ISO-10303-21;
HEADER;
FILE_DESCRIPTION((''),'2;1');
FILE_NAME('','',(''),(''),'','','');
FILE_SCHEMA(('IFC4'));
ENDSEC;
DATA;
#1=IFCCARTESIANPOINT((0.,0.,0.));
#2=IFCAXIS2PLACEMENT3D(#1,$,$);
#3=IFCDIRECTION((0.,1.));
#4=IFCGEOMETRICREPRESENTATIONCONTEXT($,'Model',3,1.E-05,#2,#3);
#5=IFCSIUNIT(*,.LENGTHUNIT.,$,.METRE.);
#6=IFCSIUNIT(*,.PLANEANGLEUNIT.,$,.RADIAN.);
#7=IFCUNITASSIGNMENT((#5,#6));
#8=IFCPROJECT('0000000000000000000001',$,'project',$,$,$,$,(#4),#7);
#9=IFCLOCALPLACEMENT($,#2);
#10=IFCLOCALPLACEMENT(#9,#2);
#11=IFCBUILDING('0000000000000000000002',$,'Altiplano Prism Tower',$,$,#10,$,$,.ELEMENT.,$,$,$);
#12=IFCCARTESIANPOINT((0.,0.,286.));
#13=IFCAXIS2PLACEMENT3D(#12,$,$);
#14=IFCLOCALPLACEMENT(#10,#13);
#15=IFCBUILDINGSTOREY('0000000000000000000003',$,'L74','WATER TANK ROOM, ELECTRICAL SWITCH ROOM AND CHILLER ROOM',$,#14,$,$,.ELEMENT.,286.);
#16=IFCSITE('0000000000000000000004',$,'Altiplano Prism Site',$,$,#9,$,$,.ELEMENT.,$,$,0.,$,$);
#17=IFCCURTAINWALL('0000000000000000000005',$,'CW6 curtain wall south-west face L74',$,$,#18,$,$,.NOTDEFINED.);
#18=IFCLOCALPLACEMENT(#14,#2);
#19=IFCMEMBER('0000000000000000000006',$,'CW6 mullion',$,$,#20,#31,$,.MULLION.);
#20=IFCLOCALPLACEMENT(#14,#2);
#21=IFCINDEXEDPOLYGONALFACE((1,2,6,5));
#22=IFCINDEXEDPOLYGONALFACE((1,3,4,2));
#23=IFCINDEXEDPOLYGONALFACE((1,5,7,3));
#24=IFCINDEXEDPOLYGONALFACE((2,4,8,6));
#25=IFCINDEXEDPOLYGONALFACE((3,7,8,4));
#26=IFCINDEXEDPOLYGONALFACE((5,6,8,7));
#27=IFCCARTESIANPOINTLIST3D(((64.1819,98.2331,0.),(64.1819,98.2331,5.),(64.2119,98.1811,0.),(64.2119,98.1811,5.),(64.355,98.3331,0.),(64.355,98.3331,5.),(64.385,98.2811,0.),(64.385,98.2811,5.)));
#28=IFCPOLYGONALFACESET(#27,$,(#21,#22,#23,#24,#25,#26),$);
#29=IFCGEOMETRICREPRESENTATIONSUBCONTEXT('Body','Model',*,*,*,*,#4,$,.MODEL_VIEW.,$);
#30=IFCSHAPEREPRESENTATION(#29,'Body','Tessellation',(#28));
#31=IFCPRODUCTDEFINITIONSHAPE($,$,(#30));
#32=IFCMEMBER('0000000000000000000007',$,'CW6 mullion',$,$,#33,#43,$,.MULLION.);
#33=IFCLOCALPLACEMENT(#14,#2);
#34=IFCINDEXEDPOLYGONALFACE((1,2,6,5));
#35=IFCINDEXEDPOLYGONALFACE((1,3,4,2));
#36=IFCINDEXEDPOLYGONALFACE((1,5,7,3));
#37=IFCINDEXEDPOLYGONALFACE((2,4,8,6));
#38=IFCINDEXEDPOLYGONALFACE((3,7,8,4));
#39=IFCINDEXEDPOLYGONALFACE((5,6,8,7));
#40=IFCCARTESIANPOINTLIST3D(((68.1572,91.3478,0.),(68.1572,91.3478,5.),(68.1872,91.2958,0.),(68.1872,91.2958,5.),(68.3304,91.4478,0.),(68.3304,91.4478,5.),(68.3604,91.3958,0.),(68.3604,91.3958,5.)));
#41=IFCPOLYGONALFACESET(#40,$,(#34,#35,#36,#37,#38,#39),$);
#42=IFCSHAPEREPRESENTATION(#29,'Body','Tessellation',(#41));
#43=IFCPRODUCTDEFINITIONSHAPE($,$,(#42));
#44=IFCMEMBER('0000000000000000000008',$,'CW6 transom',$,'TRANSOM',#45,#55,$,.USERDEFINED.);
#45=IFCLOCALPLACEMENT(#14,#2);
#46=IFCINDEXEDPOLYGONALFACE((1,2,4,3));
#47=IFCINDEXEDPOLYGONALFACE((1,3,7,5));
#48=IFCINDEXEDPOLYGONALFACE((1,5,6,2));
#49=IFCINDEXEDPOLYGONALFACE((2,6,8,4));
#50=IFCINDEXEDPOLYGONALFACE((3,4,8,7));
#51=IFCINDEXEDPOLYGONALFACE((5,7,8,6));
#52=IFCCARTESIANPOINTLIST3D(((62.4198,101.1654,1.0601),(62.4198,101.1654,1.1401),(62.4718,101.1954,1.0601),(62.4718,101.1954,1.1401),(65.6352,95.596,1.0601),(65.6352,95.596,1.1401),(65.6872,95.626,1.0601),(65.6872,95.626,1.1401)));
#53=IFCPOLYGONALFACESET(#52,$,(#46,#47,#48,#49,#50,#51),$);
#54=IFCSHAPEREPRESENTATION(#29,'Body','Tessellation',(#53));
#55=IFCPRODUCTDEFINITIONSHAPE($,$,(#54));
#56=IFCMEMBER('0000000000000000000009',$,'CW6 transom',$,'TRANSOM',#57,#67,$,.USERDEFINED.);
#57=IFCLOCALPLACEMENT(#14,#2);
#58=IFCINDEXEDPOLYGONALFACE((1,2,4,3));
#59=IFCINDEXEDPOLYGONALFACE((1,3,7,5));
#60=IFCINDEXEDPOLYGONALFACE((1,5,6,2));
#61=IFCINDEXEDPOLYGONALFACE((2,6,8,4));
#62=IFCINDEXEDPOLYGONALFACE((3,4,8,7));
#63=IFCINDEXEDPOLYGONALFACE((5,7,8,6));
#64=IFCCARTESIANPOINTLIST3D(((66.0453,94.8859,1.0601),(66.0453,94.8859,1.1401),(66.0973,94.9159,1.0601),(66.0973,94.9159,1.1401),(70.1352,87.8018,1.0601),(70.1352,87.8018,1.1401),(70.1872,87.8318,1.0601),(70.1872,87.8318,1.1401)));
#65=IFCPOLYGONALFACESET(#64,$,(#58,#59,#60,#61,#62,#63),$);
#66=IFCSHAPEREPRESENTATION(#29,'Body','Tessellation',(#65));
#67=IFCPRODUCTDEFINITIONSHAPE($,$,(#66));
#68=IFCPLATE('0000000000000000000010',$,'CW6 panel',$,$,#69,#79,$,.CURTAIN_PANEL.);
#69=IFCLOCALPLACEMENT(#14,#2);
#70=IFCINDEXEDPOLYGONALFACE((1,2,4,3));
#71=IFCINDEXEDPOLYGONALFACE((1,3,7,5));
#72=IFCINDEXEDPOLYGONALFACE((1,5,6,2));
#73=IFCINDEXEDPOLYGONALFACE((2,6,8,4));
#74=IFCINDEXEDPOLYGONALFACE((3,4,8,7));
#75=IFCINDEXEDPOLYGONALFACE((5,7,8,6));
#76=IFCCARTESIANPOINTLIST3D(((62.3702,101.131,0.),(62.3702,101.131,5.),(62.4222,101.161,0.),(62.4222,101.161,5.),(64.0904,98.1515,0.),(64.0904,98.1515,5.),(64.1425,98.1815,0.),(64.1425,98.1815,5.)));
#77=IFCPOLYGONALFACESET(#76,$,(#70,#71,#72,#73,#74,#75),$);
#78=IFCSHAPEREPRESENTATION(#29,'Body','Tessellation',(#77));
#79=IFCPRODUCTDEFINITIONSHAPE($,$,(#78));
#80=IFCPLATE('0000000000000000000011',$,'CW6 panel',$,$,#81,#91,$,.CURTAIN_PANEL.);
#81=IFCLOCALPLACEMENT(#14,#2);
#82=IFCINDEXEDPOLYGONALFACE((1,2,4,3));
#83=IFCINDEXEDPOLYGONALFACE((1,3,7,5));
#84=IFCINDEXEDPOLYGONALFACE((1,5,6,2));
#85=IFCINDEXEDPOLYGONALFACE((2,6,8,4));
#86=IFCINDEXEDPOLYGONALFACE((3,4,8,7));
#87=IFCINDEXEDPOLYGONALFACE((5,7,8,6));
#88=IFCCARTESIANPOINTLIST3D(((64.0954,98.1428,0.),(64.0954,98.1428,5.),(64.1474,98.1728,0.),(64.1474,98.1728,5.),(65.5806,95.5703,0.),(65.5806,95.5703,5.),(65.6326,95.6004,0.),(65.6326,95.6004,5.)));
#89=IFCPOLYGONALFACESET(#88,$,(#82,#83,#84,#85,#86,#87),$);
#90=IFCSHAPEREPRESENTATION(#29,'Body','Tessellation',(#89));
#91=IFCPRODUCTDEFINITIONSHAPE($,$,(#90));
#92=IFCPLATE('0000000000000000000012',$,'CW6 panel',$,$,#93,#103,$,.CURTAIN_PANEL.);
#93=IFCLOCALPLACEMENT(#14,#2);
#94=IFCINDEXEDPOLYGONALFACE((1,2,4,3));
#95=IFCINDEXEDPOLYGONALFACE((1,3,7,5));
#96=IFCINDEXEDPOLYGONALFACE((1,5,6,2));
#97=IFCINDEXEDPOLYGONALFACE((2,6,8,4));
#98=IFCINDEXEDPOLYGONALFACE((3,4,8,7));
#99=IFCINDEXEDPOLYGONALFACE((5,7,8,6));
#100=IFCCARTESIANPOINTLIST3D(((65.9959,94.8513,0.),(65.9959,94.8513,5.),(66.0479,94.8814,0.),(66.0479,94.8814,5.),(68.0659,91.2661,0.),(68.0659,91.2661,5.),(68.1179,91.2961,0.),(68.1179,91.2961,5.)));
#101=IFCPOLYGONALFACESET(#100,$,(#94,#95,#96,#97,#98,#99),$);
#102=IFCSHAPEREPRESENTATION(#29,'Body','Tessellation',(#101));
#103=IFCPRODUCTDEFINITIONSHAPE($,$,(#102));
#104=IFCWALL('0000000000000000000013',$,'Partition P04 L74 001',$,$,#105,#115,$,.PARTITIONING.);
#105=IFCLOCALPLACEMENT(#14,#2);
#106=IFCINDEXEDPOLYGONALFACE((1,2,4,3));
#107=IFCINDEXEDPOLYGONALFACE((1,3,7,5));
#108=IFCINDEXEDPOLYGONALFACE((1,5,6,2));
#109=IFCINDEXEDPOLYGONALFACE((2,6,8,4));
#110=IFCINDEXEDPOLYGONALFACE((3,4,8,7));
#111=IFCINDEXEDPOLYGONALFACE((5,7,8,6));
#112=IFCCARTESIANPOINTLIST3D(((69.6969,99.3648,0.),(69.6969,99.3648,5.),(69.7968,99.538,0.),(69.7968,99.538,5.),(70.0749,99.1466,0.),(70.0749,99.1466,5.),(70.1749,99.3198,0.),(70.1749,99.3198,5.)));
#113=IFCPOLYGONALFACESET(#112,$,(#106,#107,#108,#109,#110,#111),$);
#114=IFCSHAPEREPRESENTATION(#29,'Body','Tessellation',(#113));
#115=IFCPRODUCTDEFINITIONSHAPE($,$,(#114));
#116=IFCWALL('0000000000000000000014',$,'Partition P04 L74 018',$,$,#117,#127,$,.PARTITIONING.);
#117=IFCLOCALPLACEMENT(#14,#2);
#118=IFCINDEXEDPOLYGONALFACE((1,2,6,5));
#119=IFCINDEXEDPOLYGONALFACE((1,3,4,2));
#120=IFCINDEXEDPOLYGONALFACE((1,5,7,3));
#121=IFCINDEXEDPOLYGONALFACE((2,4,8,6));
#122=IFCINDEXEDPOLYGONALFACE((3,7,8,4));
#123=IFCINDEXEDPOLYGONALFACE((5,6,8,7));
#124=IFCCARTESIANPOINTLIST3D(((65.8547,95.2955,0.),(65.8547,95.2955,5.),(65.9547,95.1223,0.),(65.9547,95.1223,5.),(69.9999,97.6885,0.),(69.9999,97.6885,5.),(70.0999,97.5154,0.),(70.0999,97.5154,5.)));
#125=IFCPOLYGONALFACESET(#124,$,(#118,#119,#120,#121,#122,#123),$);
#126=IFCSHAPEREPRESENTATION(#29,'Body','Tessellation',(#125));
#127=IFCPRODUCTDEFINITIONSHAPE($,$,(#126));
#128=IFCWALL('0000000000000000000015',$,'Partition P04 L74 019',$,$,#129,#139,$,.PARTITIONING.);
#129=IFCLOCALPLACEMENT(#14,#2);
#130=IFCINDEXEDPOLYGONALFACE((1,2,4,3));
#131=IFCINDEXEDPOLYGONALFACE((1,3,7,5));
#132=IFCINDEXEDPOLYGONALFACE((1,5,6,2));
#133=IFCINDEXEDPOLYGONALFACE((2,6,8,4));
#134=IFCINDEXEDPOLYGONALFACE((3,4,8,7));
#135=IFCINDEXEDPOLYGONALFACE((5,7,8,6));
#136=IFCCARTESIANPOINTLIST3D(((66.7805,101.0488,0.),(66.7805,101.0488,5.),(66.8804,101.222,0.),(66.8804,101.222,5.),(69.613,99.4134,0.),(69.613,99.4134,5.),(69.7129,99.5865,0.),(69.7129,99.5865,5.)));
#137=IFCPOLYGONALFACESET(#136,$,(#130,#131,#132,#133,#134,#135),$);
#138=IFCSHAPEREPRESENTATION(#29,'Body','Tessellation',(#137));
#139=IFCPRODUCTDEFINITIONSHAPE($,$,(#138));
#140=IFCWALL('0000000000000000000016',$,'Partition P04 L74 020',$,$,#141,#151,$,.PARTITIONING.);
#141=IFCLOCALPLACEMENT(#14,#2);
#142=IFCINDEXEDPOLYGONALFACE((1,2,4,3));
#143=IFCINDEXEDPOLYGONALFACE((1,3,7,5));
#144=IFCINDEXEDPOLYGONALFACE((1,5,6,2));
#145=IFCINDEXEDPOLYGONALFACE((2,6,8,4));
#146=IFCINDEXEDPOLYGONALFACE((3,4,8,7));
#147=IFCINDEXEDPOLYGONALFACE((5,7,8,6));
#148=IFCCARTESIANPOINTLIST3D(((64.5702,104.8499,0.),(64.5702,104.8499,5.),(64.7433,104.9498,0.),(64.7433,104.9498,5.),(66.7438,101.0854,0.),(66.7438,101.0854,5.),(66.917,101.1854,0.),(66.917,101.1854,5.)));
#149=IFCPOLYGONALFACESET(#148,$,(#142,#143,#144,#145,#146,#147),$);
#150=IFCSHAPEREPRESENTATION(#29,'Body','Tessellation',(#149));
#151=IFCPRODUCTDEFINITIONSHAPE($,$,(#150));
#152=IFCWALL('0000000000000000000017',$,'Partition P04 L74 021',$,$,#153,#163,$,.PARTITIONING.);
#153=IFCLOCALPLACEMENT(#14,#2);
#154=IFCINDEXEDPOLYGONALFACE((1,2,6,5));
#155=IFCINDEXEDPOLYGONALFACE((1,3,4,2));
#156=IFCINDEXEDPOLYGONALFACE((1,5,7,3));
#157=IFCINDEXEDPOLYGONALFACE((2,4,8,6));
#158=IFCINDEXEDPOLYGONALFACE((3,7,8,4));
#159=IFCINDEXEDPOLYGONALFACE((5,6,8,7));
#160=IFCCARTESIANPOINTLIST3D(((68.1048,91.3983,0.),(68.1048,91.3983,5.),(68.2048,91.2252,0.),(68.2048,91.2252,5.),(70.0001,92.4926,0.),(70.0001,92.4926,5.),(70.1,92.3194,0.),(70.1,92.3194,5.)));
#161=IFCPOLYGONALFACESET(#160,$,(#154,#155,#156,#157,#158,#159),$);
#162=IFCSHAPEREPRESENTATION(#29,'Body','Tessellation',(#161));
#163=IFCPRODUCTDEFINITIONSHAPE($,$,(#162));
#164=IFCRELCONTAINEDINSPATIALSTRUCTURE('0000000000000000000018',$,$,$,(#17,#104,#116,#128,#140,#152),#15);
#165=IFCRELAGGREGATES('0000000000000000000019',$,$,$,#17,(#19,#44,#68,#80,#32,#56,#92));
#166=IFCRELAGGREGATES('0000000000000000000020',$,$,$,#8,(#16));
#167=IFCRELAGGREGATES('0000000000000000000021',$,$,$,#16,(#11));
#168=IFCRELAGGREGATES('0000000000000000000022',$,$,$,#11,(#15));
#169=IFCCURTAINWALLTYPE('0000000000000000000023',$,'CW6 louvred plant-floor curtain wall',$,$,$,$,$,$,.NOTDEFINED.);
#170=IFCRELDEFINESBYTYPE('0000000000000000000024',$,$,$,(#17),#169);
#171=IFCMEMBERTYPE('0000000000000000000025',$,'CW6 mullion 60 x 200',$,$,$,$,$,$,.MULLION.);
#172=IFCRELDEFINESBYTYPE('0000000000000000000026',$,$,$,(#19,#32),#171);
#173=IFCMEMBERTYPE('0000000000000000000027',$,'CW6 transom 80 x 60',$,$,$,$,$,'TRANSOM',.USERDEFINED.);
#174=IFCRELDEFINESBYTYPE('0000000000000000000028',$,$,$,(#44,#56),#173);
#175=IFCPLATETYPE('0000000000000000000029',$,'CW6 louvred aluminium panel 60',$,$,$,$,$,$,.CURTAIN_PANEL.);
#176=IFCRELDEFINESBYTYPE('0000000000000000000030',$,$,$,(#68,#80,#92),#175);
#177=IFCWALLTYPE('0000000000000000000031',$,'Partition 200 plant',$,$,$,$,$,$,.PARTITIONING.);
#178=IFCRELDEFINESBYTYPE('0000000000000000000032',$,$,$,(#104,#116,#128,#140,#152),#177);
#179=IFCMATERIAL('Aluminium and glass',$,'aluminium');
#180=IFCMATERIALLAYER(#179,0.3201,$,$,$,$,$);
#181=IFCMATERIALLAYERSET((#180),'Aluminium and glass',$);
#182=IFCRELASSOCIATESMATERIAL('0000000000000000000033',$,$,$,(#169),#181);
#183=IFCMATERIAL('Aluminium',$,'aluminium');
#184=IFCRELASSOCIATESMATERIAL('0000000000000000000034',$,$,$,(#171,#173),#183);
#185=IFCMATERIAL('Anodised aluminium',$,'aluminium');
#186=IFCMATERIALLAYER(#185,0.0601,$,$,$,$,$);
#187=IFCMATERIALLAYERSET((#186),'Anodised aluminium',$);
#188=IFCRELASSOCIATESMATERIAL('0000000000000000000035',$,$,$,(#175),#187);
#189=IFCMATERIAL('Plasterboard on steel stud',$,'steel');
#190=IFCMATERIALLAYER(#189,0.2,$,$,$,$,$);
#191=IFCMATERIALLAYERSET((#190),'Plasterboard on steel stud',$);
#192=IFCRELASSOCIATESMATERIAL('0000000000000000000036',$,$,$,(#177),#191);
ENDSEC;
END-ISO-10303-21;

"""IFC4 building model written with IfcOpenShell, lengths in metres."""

from ifc_helpers import new_model, si_unit, direction, frame, frame_2d, origin, origin_2d, place, context, subcontext, project, spatial, rectangle, extrude, material, layer, layer_set, material_profile, profile_set, type_object, element, aggregate, save


model = new_model("IFC4")

# Units and contexts
model_context = context("Model", 3, precision=1e-05, world=origin(), true_north=direction((0.0, 1.0)))
body_context = subcontext(model_context, "Body", "Model", "MODEL_VIEW")
ifc_project = project(units=[si_unit("LENGTHUNIT", "METRE"), si_unit("PLANEANGLEUNIT", "RADIAN")], contexts=[model_context])

# Site, building, storey
site_placement = place(None, origin())
site = spatial("IfcSite", under=ifc_project, at=site_placement, Name="Altiplano Prism Site", CompositionType="ELEMENT", RefElevation=0.0)
building_placement = place(site_placement, origin())
building = spatial("IfcBuilding", under=site, at=building_placement, Name="Altiplano Prism Tower", CompositionType="ELEMENT")
storey_placement = place(building_placement, frame((0.0, 0.0, 286.0)))
storey = spatial("IfcBuildingStorey", under=building, at=storey_placement, Name="L74", Description="WATER TANK ROOM, ELECTRICAL SWITCH ROOM AND CHILLER ROOM", CompositionType="ELEMENT", Elevation=286.0)

# Curtain wall, members, plates
ifc_material_1 = material(Name="Aluminium and glass", Category="aluminium")
ifc_layer_1 = layer(ifc_material_1, 0.3201)
ifc_layer_set_1 = layer_set([ifc_layer_1], Name="Aluminium and glass")
curtain_wall_type = type_object("IfcCurtainWallType", Name="CW6 louvred plant-floor curtain wall", PredefinedType="NOTDEFINED", material=ifc_layer_set_1)
curtain_wall_placement = place(storey_placement, origin())
curtain_wall = element("IfcCurtainWall", 1, at=curtain_wall_placement, inside=storey, type_object=curtain_wall_type, Name="CW6 curtain wall south-west face L74", PredefinedType="NOTDEFINED")
ifc_material_2 = material(Name="Aluminium", Category="aluminium")
ifc_material_profile_1 = material_profile(ifc_material_2, rectangle(XDim=0.2, YDim=0.0601, at=origin_2d()), Name="CW6 mullion 60 x 200")
ifc_profile_set_1 = profile_set([ifc_material_profile_1], Name="Aluminium")
member_type_1 = type_object("IfcMemberType", Name="CW6 mullion 60 x 200", PredefinedType="MULLION", material=ifc_profile_set_1)
member_1_placement = place(storey_placement, frame((64.2834, 98.2571, 0.0), z_axis=(0.0, 0.0, 1.0), x_axis=(0.866025, 0.5, 0.0)))
member_1 = element("IfcMember", 2, at=member_1_placement, type_object=member_type_1, Name="CW6 mullion", PredefinedType="MULLION", context=body_context, shape_type="SweptSolid", body=[
    extrude(rectangle(XDim=0.2, YDim=0.0601, at=origin_2d()), origin(), (0.0, 0.0, 1.0), 5.0),
])
member_2_placement = place(storey_placement, frame((68.2588, 91.3718, 0.0), z_axis=(0.0, 0.0, 1.0), x_axis=(0.866025, 0.5, 0.0)))
member_2 = element("IfcMember", 3, at=member_2_placement, type_object=member_type_1, Name="CW6 mullion", PredefinedType="MULLION", context=body_context, shape_type="SweptSolid", body=[
    extrude(rectangle(XDim=0.2, YDim=0.0601, at=origin_2d()), origin(), (0.0, 0.0, 1.0), 5.0),
])
ifc_material_profile_2 = material_profile(ifc_material_2, rectangle(XDim=0.0601, YDim=0.0801, at=origin_2d()), Name="CW6 transom 80 x 60")
ifc_profile_set_2 = profile_set([ifc_material_profile_2], Name="Aluminium")
member_type_2 = type_object("IfcMemberType", Name="CW6 transom 80 x 60", ElementType="TRANSOM", PredefinedType="USERDEFINED", material=ifc_profile_set_2)
member_3_placement = place(storey_placement, frame((62.4458, 101.1804, 1.1001), z_axis=(0.499985, -0.866034, 0.0), x_axis=(0.866034, 0.499985, 0.0)))
member_3 = element("IfcMember", 4, at=member_3_placement, type_object=member_type_2, Name="CW6 transom", ObjectType="TRANSOM", PredefinedType="USERDEFINED", context=body_context, shape_type="SweptSolid", body=[
    extrude(rectangle(XDim=0.0601, YDim=0.0801, at=origin_2d()), origin(), (0.0, 0.0, 1.0), 6.4309),
])
member_4_placement = place(storey_placement, frame((66.0713, 94.9009, 1.1001), z_axis=(0.499991, -0.866031, 0.0), x_axis=(0.866031, 0.499991, 0.0)))
member_4 = element("IfcMember", 5, at=member_4_placement, type_object=member_type_2, Name="CW6 transom", ObjectType="TRANSOM", PredefinedType="USERDEFINED", context=body_context, shape_type="SweptSolid", body=[
    extrude(rectangle(XDim=0.0601, YDim=0.0801, at=origin_2d()), origin(), (0.0, 0.0, 1.0), 8.1799),
])
ifc_material_3 = material(Name="Anodised aluminium", Category="aluminium")
ifc_layer_2 = layer(ifc_material_3, 0.0601)
ifc_layer_set_2 = layer_set([ifc_layer_2], Name="Anodised aluminium")
plate_type = type_object("IfcPlateType", Name="CW6 louvred aluminium panel 60", PredefinedType="CURTAIN_PANEL", material=ifc_layer_set_2)
plate_1_placement = place(storey_placement, frame((63.2563, 99.6562, 0.0), z_axis=(0.0, 0.0, 1.0), x_axis=(0.5, -0.866025, 0.0)))
plate_1 = element("IfcPlate", 6, at=plate_1_placement, type_object=plate_type, Name="CW6 panel", PredefinedType="CURTAIN_PANEL", context=body_context, shape_type="SweptSolid", body=[
    extrude(rectangle(XDim=3.4404, YDim=0.0601, at=origin_2d()), origin(), (0.0, 0.0, 1.0), 5.0),
])
plate_2_placement = place(storey_placement, frame((64.864, 96.8716, 0.0), z_axis=(0.0, 0.0, 1.0), x_axis=(0.5, -0.866025, 0.0)))
plate_2 = element("IfcPlate", 7, at=plate_2_placement, type_object=plate_type, Name="CW6 panel", PredefinedType="CURTAIN_PANEL", context=body_context, shape_type="SweptSolid", body=[
    extrude(rectangle(XDim=2.9705, YDim=0.0601, at=origin_2d()), origin(), (0.0, 0.0, 1.0), 5.0),
])
plate_3_placement = place(storey_placement, frame((67.0569, 93.0737, 0.0), z_axis=(0.0, 0.0, 1.0), x_axis=(0.5, -0.866025, 0.0)))
plate_3 = element("IfcPlate", 8, at=plate_3_placement, type_object=plate_type, Name="CW6 panel", PredefinedType="CURTAIN_PANEL", context=body_context, shape_type="SweptSolid", body=[
    extrude(rectangle(XDim=4.1399, YDim=0.0601, at=origin_2d()), origin(), (0.0, 0.0, 1.0), 5.0),
])
aggregate(curtain_wall, [member_1, member_3, plate_1, plate_2, member_2, member_4, plate_3])

# Wall
ifc_material_4 = material(Name="Plasterboard on steel stud", Category="steel")
ifc_layer_3 = layer(ifc_material_4, 0.2)
ifc_layer_set_3 = layer_set([ifc_layer_3], Name="Plasterboard on steel stud")
wall_type = type_object("IfcWallType", Name="Partition 200 plant", PredefinedType="PARTITIONING", material=ifc_layer_set_3)
wall_1_placement = place(storey_placement, frame((69.7468, 99.4514, 0.0), z_axis=(0.0, 0.0, 1.0), x_axis=(0.866102, -0.499868, 0.0)))
element("IfcWall", 9, at=wall_1_placement, inside=storey, type_object=wall_type, Name="Partition P04 L74 001", PredefinedType="PARTITIONING", context=body_context, shape_type="SweptSolid", body=[
    extrude(rectangle(XDim=0.4365, YDim=0.2, at=frame_2d((0.2183, 0.0))), origin(), (0.0, 0.0, 1.0), 5.0),
])

# Walls
wall_2_placement = place(storey_placement, frame((65.9048, 95.209, 0.0), z_axis=(0.0, 0.0, 1.0), x_axis=(0.866044, 0.499968, 0.0)))
element("IfcWall", 10, at=wall_2_placement, inside=storey, type_object=wall_type, Name="Partition P04 L74 018", PredefinedType="PARTITIONING", context=body_context, shape_type="SweptSolid", body=[
    extrude(rectangle(XDim=4.7864, YDim=0.2, at=frame_2d((2.3931, 0.0))), origin(), (0.0, 0.0, 1.0), 5.0),
])
wall_3_placement = place(storey_placement, frame((69.6628, 99.5, 0.0), z_axis=(0.0, 0.0, 1.0), x_axis=(-0.866007, 0.500033, 0.0)))
element("IfcWall", 11, at=wall_3_placement, inside=storey, type_object=wall_type, Name="Partition P04 L74 019", PredefinedType="PARTITIONING", context=body_context, shape_type="SweptSolid", body=[
    extrude(rectangle(XDim=3.2708, YDim=0.2, at=frame_2d((1.6353, 0.0))), origin(), (0.0, 0.0, 1.0), 5.0),
])
wall_4_placement = place(storey_placement, frame((66.8303, 101.1355, 0.0), z_axis=(0.0, 0.0, 1.0), x_axis=(-0.500035, 0.866005, 0.0)))
element("IfcWall", 12, at=wall_4_placement, inside=storey, type_object=wall_type, Name="Partition P04 L74 020", PredefinedType="PARTITIONING", context=body_context, shape_type="SweptSolid", body=[
    extrude(rectangle(XDim=4.3469, YDim=0.2, at=frame_2d((2.1733, 0.0))), origin(), (0.0, 0.0, 1.0), 5.0),
])
wall_5_placement = place(storey_placement, frame((68.1548, 91.3118, 0.0), z_axis=(0.0, 0.0, 1.0), x_axis=(0.866024, 0.500002, 0.0)))
element("IfcWall", 13, at=wall_5_placement, inside=storey, type_object=wall_type, Name="Partition P04 L74 021", PredefinedType="PARTITIONING", context=body_context, shape_type="SweptSolid", body=[
    extrude(rectangle(XDim=2.1885, YDim=0.2, at=frame_2d((1.0942, 0.0))), origin(), (0.0, 0.0, 1.0), 5.0),
])

save(model, "model.ifc")
